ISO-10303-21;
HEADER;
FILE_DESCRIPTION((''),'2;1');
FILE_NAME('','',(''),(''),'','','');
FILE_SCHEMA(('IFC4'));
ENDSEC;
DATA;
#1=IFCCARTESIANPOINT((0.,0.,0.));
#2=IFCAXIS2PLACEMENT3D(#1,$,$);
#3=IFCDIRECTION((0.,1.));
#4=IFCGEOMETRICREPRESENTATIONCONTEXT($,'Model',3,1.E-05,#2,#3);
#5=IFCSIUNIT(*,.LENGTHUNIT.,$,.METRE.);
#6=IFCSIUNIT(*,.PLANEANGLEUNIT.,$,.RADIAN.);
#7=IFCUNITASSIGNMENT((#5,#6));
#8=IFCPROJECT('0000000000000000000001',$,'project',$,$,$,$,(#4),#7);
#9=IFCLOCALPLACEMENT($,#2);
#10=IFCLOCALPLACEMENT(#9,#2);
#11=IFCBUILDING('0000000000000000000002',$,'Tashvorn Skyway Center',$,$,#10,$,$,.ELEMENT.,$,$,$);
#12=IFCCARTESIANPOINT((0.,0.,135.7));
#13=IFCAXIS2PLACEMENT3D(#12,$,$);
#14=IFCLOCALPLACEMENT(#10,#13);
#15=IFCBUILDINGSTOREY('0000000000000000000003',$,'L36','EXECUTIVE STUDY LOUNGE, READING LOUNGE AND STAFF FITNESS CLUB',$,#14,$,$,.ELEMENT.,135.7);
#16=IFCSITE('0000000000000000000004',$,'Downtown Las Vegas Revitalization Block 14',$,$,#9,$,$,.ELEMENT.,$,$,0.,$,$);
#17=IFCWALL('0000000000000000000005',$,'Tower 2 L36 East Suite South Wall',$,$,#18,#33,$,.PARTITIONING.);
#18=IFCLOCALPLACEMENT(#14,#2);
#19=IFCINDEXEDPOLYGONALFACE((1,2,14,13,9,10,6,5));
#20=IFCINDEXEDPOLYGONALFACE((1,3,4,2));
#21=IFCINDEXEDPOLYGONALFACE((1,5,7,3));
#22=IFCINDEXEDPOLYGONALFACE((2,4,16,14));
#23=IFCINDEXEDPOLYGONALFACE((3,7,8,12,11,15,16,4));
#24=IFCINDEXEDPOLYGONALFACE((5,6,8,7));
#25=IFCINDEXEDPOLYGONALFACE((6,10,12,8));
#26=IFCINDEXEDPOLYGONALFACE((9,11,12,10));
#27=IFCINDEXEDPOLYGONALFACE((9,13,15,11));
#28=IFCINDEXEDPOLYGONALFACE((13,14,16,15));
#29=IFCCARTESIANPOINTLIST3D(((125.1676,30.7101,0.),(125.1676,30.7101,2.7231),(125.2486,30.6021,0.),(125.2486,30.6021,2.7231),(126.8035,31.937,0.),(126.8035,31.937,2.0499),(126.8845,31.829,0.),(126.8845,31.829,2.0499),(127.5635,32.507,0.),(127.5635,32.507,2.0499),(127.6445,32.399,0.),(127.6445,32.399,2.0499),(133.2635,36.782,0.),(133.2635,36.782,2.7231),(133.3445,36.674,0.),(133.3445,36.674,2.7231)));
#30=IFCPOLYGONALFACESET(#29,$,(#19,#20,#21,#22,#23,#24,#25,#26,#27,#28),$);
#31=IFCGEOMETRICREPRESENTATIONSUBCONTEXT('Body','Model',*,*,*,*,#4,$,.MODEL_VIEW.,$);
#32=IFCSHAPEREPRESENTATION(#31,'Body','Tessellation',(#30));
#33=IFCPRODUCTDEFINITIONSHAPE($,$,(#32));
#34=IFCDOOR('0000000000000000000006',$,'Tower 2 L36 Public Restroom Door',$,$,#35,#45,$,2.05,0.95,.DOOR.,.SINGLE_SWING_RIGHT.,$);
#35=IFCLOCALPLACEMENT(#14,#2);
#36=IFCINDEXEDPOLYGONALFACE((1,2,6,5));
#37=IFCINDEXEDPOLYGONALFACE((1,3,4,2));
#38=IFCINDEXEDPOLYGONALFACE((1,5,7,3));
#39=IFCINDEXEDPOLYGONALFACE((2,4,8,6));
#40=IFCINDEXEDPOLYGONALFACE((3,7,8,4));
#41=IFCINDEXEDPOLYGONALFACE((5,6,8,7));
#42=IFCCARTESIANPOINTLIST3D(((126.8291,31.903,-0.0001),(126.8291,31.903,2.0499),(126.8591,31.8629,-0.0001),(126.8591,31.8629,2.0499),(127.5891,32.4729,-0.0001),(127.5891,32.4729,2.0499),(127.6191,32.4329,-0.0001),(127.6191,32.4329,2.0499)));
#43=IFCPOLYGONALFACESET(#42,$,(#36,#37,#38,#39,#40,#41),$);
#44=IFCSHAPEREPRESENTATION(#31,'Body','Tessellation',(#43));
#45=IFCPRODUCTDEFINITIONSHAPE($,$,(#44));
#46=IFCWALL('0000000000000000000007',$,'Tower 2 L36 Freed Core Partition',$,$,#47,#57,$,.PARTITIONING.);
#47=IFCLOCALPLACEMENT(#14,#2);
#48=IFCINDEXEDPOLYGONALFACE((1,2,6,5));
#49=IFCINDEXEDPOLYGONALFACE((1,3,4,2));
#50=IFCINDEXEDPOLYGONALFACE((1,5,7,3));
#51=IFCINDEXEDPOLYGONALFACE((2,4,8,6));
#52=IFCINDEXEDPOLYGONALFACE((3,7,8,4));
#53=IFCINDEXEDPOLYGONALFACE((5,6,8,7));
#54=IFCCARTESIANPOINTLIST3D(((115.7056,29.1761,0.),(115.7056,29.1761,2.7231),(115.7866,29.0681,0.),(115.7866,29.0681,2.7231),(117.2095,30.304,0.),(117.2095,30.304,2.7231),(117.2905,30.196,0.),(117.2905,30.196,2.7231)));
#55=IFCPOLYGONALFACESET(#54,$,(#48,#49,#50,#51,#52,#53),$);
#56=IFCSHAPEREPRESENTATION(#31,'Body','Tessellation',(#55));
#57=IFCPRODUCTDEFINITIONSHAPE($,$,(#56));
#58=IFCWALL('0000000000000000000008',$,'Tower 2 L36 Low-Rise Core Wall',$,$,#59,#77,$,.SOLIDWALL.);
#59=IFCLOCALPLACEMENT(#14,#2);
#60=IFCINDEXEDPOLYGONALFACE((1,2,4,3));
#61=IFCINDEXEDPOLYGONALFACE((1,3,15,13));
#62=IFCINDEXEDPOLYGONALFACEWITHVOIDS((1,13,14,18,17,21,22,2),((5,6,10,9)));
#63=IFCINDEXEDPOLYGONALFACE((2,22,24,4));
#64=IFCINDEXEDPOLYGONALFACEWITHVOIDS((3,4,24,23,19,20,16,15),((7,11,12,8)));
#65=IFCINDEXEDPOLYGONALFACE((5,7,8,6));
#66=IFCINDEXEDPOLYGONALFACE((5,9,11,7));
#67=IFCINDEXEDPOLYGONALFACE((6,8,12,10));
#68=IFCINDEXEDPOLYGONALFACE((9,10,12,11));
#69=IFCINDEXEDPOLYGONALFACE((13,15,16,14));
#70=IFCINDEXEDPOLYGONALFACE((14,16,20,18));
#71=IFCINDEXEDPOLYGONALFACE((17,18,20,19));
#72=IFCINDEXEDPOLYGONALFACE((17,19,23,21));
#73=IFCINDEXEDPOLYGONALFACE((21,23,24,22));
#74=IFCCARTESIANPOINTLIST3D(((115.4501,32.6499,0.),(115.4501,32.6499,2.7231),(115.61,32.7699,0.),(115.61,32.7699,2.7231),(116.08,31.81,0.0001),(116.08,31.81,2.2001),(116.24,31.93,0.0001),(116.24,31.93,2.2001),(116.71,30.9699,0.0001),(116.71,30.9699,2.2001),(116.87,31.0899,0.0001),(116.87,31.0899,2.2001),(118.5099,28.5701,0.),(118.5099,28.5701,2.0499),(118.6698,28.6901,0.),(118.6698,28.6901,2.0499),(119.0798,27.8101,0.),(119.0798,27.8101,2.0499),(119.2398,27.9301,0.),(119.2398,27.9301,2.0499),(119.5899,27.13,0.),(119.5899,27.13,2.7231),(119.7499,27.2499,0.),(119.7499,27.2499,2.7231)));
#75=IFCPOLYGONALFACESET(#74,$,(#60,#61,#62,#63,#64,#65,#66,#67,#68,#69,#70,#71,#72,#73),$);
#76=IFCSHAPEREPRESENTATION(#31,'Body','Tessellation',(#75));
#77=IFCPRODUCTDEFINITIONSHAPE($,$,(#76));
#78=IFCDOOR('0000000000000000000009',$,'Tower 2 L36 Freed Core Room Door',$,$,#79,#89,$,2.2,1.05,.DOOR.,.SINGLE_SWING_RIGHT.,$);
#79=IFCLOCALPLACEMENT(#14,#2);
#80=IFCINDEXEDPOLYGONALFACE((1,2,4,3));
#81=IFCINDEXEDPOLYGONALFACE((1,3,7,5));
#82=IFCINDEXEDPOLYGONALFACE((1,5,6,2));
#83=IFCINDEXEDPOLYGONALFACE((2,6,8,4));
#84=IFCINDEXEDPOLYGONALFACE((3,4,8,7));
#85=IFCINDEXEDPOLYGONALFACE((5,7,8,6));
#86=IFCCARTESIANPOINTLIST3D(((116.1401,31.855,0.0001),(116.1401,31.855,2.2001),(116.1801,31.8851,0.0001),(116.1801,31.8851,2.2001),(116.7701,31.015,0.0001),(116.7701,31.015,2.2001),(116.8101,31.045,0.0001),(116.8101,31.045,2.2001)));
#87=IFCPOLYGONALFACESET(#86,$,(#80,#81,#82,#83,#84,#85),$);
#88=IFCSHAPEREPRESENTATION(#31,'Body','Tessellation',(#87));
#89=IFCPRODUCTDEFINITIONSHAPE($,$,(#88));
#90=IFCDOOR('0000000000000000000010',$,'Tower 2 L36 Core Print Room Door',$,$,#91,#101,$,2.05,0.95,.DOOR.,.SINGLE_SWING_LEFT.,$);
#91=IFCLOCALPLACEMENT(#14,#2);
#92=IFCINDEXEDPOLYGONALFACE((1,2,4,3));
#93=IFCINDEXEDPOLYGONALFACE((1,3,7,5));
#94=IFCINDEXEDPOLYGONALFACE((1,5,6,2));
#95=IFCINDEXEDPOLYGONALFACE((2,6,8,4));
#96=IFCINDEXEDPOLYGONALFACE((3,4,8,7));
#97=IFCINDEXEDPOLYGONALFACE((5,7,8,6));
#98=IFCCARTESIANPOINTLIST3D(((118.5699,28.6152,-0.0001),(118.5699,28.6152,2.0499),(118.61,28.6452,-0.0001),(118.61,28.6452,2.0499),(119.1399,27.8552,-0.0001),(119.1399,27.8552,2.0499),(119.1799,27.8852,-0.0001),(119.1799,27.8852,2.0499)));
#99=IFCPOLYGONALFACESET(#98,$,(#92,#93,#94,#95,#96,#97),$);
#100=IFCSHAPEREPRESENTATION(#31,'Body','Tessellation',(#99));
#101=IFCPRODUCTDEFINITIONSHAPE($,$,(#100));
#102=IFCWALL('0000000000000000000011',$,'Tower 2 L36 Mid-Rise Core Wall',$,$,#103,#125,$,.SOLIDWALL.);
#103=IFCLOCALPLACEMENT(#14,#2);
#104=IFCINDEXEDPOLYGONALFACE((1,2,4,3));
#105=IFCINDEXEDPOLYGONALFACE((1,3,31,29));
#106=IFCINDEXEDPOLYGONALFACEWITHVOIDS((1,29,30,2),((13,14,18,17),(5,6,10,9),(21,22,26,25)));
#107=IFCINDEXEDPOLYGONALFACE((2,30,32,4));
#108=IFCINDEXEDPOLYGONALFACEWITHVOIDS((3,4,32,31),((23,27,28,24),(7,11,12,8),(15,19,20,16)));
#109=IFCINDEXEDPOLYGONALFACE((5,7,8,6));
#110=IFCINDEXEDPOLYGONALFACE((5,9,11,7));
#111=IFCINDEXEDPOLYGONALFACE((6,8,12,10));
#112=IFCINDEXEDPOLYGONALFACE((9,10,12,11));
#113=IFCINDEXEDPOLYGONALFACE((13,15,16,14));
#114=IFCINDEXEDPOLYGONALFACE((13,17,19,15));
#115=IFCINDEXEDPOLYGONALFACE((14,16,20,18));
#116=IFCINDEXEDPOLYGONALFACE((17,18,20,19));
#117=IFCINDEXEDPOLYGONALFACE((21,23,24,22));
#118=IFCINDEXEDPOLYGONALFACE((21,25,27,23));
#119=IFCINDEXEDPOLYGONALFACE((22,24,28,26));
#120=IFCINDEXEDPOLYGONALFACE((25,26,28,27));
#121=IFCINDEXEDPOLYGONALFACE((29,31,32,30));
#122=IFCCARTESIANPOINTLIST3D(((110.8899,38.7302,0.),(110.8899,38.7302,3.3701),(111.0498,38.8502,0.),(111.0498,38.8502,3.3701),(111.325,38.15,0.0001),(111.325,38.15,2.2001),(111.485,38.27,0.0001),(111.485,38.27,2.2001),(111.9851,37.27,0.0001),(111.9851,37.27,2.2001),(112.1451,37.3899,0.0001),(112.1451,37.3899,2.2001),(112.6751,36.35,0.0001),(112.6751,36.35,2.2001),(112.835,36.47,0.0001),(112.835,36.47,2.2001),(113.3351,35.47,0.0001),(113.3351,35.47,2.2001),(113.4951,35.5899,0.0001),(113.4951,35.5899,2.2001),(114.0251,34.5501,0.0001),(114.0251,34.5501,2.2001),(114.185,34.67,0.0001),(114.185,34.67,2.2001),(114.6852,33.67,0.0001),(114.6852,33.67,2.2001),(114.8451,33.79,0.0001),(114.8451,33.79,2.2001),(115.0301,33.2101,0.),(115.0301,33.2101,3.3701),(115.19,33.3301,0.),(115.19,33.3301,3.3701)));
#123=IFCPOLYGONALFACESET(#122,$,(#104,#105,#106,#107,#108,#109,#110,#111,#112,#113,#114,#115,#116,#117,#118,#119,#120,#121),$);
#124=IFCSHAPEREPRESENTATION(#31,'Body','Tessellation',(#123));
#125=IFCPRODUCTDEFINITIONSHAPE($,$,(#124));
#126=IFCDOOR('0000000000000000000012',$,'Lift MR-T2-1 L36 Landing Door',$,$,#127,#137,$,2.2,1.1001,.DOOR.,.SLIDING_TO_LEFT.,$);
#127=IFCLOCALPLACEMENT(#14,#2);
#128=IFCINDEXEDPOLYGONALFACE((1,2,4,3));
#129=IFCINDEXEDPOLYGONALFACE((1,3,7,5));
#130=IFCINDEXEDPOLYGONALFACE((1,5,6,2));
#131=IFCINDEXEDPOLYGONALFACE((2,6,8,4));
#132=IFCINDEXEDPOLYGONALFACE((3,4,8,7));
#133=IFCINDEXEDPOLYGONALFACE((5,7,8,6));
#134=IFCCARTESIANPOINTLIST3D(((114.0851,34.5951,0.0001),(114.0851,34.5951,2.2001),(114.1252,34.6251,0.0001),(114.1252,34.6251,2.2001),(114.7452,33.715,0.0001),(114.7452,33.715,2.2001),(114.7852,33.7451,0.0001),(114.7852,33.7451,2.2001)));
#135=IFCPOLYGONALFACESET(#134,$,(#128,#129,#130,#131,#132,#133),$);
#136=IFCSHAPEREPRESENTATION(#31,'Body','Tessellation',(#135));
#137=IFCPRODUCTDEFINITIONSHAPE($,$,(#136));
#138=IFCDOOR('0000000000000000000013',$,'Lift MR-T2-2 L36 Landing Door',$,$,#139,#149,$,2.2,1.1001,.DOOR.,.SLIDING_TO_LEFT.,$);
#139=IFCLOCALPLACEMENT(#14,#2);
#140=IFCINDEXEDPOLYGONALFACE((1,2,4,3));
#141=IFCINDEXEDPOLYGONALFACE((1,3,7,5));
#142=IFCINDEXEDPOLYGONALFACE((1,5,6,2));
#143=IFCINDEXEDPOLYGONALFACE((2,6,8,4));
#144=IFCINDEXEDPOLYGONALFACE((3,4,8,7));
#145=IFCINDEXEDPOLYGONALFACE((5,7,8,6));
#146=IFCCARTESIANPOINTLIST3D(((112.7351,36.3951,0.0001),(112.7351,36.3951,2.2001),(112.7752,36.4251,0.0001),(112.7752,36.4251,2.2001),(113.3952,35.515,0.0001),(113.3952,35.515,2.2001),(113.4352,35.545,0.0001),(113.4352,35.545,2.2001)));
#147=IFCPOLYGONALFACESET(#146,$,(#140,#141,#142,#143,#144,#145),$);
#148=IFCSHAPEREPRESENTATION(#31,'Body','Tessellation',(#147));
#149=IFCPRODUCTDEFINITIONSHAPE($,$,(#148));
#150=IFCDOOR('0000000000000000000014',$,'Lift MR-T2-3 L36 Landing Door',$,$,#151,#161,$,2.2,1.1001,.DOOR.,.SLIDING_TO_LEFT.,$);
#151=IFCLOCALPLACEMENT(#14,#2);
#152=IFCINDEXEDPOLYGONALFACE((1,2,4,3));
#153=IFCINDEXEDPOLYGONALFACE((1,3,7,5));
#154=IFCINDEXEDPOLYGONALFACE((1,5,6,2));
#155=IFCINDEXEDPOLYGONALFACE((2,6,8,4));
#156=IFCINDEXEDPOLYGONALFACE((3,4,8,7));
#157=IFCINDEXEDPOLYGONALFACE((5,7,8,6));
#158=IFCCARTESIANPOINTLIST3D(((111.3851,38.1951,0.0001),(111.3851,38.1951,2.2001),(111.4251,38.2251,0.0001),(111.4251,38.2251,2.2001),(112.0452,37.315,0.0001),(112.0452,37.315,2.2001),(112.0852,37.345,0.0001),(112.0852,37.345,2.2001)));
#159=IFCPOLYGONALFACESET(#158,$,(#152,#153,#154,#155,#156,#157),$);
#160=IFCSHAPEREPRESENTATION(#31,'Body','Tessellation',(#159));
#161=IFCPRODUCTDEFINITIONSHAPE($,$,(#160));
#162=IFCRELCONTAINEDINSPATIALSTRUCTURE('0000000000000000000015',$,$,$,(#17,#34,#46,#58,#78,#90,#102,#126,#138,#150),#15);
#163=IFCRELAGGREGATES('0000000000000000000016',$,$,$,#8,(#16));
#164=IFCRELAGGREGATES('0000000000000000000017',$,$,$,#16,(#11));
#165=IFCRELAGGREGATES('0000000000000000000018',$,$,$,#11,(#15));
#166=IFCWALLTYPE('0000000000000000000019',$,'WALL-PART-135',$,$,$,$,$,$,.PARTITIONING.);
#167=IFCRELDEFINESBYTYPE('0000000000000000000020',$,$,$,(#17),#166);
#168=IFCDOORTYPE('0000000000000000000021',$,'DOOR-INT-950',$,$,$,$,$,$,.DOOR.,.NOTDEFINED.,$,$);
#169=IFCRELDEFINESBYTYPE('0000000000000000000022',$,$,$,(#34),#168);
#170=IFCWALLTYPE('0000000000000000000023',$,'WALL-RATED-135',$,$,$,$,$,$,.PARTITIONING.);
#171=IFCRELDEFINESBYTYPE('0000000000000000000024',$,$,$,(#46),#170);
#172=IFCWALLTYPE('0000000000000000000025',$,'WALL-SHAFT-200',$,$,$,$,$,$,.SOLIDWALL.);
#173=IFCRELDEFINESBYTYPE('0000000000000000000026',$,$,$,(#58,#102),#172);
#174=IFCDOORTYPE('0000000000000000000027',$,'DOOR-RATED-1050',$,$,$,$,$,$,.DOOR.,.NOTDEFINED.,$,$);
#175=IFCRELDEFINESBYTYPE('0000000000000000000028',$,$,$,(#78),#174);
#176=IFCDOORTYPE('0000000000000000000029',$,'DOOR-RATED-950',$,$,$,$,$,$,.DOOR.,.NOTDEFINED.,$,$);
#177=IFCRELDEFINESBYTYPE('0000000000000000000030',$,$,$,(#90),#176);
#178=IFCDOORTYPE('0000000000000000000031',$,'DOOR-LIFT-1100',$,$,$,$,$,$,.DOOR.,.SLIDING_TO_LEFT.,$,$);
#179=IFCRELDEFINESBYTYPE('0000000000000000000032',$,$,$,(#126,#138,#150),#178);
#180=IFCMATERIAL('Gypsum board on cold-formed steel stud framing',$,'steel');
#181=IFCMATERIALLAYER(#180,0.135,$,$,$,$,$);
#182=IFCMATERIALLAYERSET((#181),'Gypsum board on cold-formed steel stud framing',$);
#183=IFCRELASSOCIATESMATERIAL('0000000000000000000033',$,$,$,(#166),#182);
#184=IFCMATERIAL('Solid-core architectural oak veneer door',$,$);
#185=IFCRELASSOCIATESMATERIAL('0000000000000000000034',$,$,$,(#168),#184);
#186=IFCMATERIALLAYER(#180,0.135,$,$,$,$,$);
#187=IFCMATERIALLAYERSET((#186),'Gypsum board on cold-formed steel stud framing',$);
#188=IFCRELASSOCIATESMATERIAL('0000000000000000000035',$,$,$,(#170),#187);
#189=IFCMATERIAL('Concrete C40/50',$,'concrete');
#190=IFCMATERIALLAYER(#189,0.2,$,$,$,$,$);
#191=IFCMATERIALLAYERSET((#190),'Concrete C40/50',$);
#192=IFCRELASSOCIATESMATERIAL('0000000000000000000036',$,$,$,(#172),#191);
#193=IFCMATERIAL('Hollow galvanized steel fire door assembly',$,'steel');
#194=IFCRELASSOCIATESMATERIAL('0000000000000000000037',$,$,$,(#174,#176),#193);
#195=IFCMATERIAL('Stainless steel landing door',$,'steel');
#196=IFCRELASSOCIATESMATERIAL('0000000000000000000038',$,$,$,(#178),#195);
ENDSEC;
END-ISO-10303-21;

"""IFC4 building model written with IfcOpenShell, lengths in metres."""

from ifc_helpers import new_model, si_unit, direction, frame, frame_2d, origin, place, context, subcontext, project, spatial, rectangle, extrude, material, layer, layer_set, type_object, element, fill, save


model = new_model("IFC4")

# Units and contexts
model_context = context("Model", 3, precision=1e-05, world=origin(), true_north=direction((0.0, 1.0)))
body_context = subcontext(model_context, "Body", "Model", "MODEL_VIEW")
ifc_project = project(units=[si_unit("LENGTHUNIT", "METRE"), si_unit("PLANEANGLEUNIT", "RADIAN")], contexts=[model_context])

# Site, building, storey
site_placement = place(None, origin())
site = spatial("IfcSite", under=ifc_project, at=site_placement, Name="Downtown Las Vegas Revitalization Block 14", CompositionType="ELEMENT", RefElevation=0.0)
building_placement = place(site_placement, origin())
building = spatial("IfcBuilding", under=site, at=building_placement, Name="Tashvorn Skyway Center", CompositionType="ELEMENT")
storey_placement = place(building_placement, frame((0.0, 0.0, 135.7)))
storey = spatial("IfcBuildingStorey", under=building, at=storey_placement, Name="L36", Description="EXECUTIVE STUDY LOUNGE, READING LOUNGE AND STAFF FITNESS CLUB", CompositionType="ELEMENT", Elevation=135.7)

# Shared definitions
ifc_material_1 = material(Name="Hollow galvanized steel fire door assembly", Category="steel")

# Wall, opening, door
ifc_material_2 = material(Name="Concrete C40/50", Category="concrete")
ifc_material_3 = material(Name="Gypsum board on cold-formed steel stud framing", Category="steel")
ifc_layer_1 = layer(ifc_material_3, 0.135)
ifc_layer_set_1 = layer_set([ifc_layer_1], Name="Gypsum board on cold-formed steel stud framing")
wall_type_1 = type_object("IfcWallType", Name="WALL-PART-135", PredefinedType="PARTITIONING", material=ifc_layer_set_1)
wall_1_placement = place(storey_placement, frame((125.208, 30.656, 0.0), z_axis=(0.0, 0.0, 1.0), x_axis=(0.799997, 0.600004, 0.0)))
wall_1 = element("IfcWall", 1, at=wall_1_placement, inside=storey, type_object=wall_type_1, Name="Tower 2 L36 East Suite South Wall", PredefinedType="PARTITIONING", context=body_context, shape_type="SweptSolid", body=[
    extrude(rectangle(XDim=10.1199, YDim=0.135, at=frame_2d((5.0601, 0.0))), origin(), (0.0, 0.0, 1.0), 2.7231),
])
opening_1_placement = place(wall_1_placement, frame((2.0449, 0.0, 0.0)))
opening_1 = element("IfcOpeningElement", 2, at=opening_1_placement, cuts=wall_1, PredefinedType="OPENING", context=body_context, shape_type="SweptSolid", body=[
    extrude(rectangle(XDim=0.95, YDim=2.05, at=frame_2d((0.4751, 1.0249))), frame((0.0, 0.0774, 0.0), z_axis=(0.0, -1.0, 0.0), x_axis=(1.0, 0.0, 0.0)), (0.0, 0.0, 1.0), 0.155),
])
ifc_material_4 = material(Name="Solid-core architectural oak veneer door")
door_type_1 = type_object("IfcDoorType", Name="DOOR-INT-950", OperationType="NOTDEFINED", PredefinedType="DOOR", material=ifc_material_4)
door_1_placement = place(opening_1_placement, origin())
door_1 = element("IfcDoor", 3, at=door_1_placement, inside=storey, type_object=door_type_1, Name="Tower 2 L36 Public Restroom Door", OperationType="SINGLE_SWING_RIGHT", OverallHeight=2.05, OverallWidth=0.95, PredefinedType="DOOR", context=body_context, shape_type="SweptSolid", body=[
    extrude(rectangle(XDim=0.95, YDim=2.05, at=frame_2d((0.4751, 1.0249))), frame((0.0, 0.0249, 0.0), z_axis=(0.0, -1.0, 0.0), x_axis=(1.0, 0.0, 0.0)), (0.0, 0.0, 1.0), 0.05),
])
fill(opening_1, door_1)

# Wall
ifc_layer_2 = layer(ifc_material_3, 0.135)
ifc_layer_set_2 = layer_set([ifc_layer_2], Name="Gypsum board on cold-formed steel stud framing")
wall_type_2 = type_object("IfcWallType", Name="WALL-RATED-135", PredefinedType="PARTITIONING", material=ifc_layer_set_2)
wall_2_placement = place(storey_placement, frame((115.7461, 29.1221, 0.0), z_axis=(0.0, 0.0, 1.0), x_axis=(0.8, 0.6, 0.0)))
element("IfcWall", 4, at=wall_2_placement, inside=storey, type_object=wall_type_2, Name="Tower 2 L36 Freed Core Partition", PredefinedType="PARTITIONING", context=body_context, shape_type="SweptSolid", body=[
    extrude(rectangle(XDim=1.8799, YDim=0.135, at=frame_2d((0.9399, 0.0))), origin(), (0.0, 0.0, 1.0), 2.7231),
])

# Walls, openings, doors
ifc_layer_3 = layer(ifc_material_2, 0.2)
ifc_layer_set_3 = layer_set([ifc_layer_3], Name="Concrete C40/50")
wall_type_3 = type_object("IfcWallType", Name="WALL-SHAFT-200", PredefinedType="SOLIDWALL", material=ifc_layer_set_3)
wall_3_placement = place(storey_placement, frame((119.6699, 27.1899, 0.0), z_axis=(0.0, 0.0, 1.0), x_axis=(-0.599989, 0.800008, 0.0)))
wall_3 = element("IfcWall", 5, at=wall_3_placement, inside=storey, type_object=wall_type_3, Name="Tower 2 L36 Low-Rise Core Wall", PredefinedType="SOLIDWALL", context=body_context, shape_type="SweptSolid", body=[
    extrude(rectangle(XDim=6.8999, YDim=0.2, at=frame_2d((3.45, 0.0))), origin(), (0.0, 0.0, 1.0), 2.7231),
])
opening_2_placement = place(wall_3_placement, frame((0.8501, 0.0, 0.0)))
opening_2 = element("IfcOpeningElement", 6, at=opening_2_placement, cuts=wall_3, PredefinedType="OPENING", context=body_context, shape_type="SweptSolid", body=[
    extrude(rectangle(XDim=0.95, YDim=2.05, at=frame_2d((0.4751, 1.0249))), frame((0.0, 0.1099, 0.0), z_axis=(0.0, -1.0, 0.0), x_axis=(1.0, 0.0, 0.0)), (0.0, 0.0, 1.0), 0.22),
])
opening_3_placement = place(wall_3_placement, frame((4.8, 0.0, 0.0)))
opening_3 = element("IfcOpeningElement", 7, at=opening_3_placement, cuts=wall_3, PredefinedType="OPENING", context=body_context, shape_type="SweptSolid", body=[
    extrude(rectangle(XDim=1.05, YDim=2.2, at=frame_2d((0.5249, 1.1001))), frame((0.0, 0.1099, 0.0), z_axis=(0.0, -1.0, 0.0), x_axis=(1.0, 0.0, 0.0)), (0.0, 0.0, 1.0), 0.22),
])
door_type_2 = type_object("IfcDoorType", Name="DOOR-RATED-1050", OperationType="NOTDEFINED", PredefinedType="DOOR", material=ifc_material_1)
door_2_placement = place(opening_3_placement, origin())
door_2 = element("IfcDoor", 8, at=door_2_placement, inside=storey, type_object=door_type_2, Name="Tower 2 L36 Freed Core Room Door", OperationType="SINGLE_SWING_RIGHT", OverallHeight=2.2, OverallWidth=1.05, PredefinedType="DOOR", context=body_context, shape_type="SweptSolid", body=[
    extrude(rectangle(XDim=1.05, YDim=2.2, at=frame_2d((0.5249, 1.1001))), frame((0.0, 0.0249, 0.0), z_axis=(0.0, -1.0, 0.0), x_axis=(1.0, 0.0, 0.0)), (0.0, 0.0, 1.0), 0.05),
])
fill(opening_3, door_2)
door_type_3 = type_object("IfcDoorType", Name="DOOR-RATED-950", OperationType="NOTDEFINED", PredefinedType="DOOR", material=ifc_material_1)
door_3_placement = place(opening_2_placement, origin())
door_3 = element("IfcDoor", 9, at=door_3_placement, inside=storey, type_object=door_type_3, Name="Tower 2 L36 Core Print Room Door", OperationType="SINGLE_SWING_LEFT", OverallHeight=2.05, OverallWidth=0.95, PredefinedType="DOOR", context=body_context, shape_type="SweptSolid", body=[
    extrude(rectangle(XDim=0.95, YDim=2.05, at=frame_2d((0.4751, 1.0249))), frame((0.0, 0.0249, 0.0), z_axis=(0.0, -1.0, 0.0), x_axis=(1.0, 0.0, 0.0)), (0.0, 0.0, 1.0), 0.05),
])
fill(opening_2, door_3)
wall_4_placement = place(storey_placement, frame((115.1101, 33.27, 0.0), z_axis=(0.0, 0.0, 1.0), x_axis=(-0.600011, 0.799992, 0.0)))
wall_4 = element("IfcWall", 10, at=wall_4_placement, inside=storey, type_object=wall_type_3, Name="Tower 2 L36 Mid-Rise Core Wall", PredefinedType="SOLIDWALL", context=body_context, shape_type="SweptSolid", body=[
    extrude(rectangle(XDim=6.9001, YDim=0.2, at=frame_2d((3.4502, 0.0))), origin(), (0.0, 0.0, 1.0), 3.3701),
])
opening_4_placement = place(wall_4_placement, frame((0.575, 0.0, 0.0)))
opening_4 = element("IfcOpeningElement", 11, at=opening_4_placement, cuts=wall_4, PredefinedType="OPENING", context=body_context, shape_type="SweptSolid", body=[
    extrude(rectangle(XDim=1.1001, YDim=2.2, at=frame_2d((0.55, 1.1001))), frame((0.0, 0.1099, 0.0), z_axis=(0.0, -1.0, 0.0), x_axis=(1.0, 0.0, 0.0)), (0.0, 0.0, 1.0), 0.22),
])
opening_5_placement = place(wall_4_placement, frame((2.825, 0.0, 0.0)))
opening_5 = element("IfcOpeningElement", 12, at=opening_5_placement, cuts=wall_4, PredefinedType="OPENING", context=body_context, shape_type="SweptSolid", body=[
    extrude(rectangle(XDim=1.1001, YDim=2.2, at=frame_2d((0.55, 1.1001))), frame((0.0, 0.1099, 0.0), z_axis=(0.0, -1.0, 0.0), x_axis=(1.0, 0.0, 0.0)), (0.0, 0.0, 1.0), 0.22),
])
opening_6_placement = place(wall_4_placement, frame((5.075, 0.0, 0.0)))
opening_6 = element("IfcOpeningElement", 13, at=opening_6_placement, cuts=wall_4, PredefinedType="OPENING", context=body_context, shape_type="SweptSolid", body=[
    extrude(rectangle(XDim=1.1001, YDim=2.2, at=frame_2d((0.55, 1.1001))), frame((0.0, 0.1099, 0.0), z_axis=(0.0, -1.0, 0.0), x_axis=(1.0, 0.0, 0.0)), (0.0, 0.0, 1.0), 0.22),
])
ifc_material_5 = material(Name="Stainless steel landing door", Category="steel")
door_type_4 = type_object("IfcDoorType", Name="DOOR-LIFT-1100", OperationType="SLIDING_TO_LEFT", PredefinedType="DOOR", material=ifc_material_5)
door_4_placement = place(opening_4_placement, origin())
door_4 = element("IfcDoor", 14, at=door_4_placement, inside=storey, type_object=door_type_4, Name="Lift MR-T2-1 L36 Landing Door", OperationType="SLIDING_TO_LEFT", OverallHeight=2.2, OverallWidth=1.1001, PredefinedType="DOOR", context=body_context, shape_type="SweptSolid", body=[
    extrude(rectangle(XDim=1.1001, YDim=2.2, at=frame_2d((0.55, 1.1001))), frame((0.0, 0.0249, 0.0), z_axis=(0.0, -1.0, 0.0), x_axis=(1.0, 0.0, 0.0)), (0.0, 0.0, 1.0), 0.05),
])
fill(opening_4, door_4)
door_5_placement = place(opening_5_placement, origin())
door_5 = element("IfcDoor", 15, at=door_5_placement, inside=storey, type_object=door_type_4, Name="Lift MR-T2-2 L36 Landing Door", OperationType="SLIDING_TO_LEFT", OverallHeight=2.2, OverallWidth=1.1001, PredefinedType="DOOR", context=body_context, shape_type="SweptSolid", body=[
    extrude(rectangle(XDim=1.1001, YDim=2.2, at=frame_2d((0.55, 1.1001))), frame((0.0, 0.0249, 0.0), z_axis=(0.0, -1.0, 0.0), x_axis=(1.0, 0.0, 0.0)), (0.0, 0.0, 1.0), 0.05),
])
fill(opening_5, door_5)
door_6_placement = place(opening_6_placement, origin())
door_6 = element("IfcDoor", 16, at=door_6_placement, inside=storey, type_object=door_type_4, Name="Lift MR-T2-3 L36 Landing Door", OperationType="SLIDING_TO_LEFT", OverallHeight=2.2, OverallWidth=1.1001, PredefinedType="DOOR", context=body_context, shape_type="SweptSolid", body=[
    extrude(rectangle(XDim=1.1001, YDim=2.2, at=frame_2d((0.55, 1.1001))), frame((0.0, 0.0249, 0.0), z_axis=(0.0, -1.0, 0.0), x_axis=(1.0, 0.0, 0.0)), (0.0, 0.0, 1.0), 0.05),
])
fill(opening_6, door_6)

save(model, "model.ifc")
